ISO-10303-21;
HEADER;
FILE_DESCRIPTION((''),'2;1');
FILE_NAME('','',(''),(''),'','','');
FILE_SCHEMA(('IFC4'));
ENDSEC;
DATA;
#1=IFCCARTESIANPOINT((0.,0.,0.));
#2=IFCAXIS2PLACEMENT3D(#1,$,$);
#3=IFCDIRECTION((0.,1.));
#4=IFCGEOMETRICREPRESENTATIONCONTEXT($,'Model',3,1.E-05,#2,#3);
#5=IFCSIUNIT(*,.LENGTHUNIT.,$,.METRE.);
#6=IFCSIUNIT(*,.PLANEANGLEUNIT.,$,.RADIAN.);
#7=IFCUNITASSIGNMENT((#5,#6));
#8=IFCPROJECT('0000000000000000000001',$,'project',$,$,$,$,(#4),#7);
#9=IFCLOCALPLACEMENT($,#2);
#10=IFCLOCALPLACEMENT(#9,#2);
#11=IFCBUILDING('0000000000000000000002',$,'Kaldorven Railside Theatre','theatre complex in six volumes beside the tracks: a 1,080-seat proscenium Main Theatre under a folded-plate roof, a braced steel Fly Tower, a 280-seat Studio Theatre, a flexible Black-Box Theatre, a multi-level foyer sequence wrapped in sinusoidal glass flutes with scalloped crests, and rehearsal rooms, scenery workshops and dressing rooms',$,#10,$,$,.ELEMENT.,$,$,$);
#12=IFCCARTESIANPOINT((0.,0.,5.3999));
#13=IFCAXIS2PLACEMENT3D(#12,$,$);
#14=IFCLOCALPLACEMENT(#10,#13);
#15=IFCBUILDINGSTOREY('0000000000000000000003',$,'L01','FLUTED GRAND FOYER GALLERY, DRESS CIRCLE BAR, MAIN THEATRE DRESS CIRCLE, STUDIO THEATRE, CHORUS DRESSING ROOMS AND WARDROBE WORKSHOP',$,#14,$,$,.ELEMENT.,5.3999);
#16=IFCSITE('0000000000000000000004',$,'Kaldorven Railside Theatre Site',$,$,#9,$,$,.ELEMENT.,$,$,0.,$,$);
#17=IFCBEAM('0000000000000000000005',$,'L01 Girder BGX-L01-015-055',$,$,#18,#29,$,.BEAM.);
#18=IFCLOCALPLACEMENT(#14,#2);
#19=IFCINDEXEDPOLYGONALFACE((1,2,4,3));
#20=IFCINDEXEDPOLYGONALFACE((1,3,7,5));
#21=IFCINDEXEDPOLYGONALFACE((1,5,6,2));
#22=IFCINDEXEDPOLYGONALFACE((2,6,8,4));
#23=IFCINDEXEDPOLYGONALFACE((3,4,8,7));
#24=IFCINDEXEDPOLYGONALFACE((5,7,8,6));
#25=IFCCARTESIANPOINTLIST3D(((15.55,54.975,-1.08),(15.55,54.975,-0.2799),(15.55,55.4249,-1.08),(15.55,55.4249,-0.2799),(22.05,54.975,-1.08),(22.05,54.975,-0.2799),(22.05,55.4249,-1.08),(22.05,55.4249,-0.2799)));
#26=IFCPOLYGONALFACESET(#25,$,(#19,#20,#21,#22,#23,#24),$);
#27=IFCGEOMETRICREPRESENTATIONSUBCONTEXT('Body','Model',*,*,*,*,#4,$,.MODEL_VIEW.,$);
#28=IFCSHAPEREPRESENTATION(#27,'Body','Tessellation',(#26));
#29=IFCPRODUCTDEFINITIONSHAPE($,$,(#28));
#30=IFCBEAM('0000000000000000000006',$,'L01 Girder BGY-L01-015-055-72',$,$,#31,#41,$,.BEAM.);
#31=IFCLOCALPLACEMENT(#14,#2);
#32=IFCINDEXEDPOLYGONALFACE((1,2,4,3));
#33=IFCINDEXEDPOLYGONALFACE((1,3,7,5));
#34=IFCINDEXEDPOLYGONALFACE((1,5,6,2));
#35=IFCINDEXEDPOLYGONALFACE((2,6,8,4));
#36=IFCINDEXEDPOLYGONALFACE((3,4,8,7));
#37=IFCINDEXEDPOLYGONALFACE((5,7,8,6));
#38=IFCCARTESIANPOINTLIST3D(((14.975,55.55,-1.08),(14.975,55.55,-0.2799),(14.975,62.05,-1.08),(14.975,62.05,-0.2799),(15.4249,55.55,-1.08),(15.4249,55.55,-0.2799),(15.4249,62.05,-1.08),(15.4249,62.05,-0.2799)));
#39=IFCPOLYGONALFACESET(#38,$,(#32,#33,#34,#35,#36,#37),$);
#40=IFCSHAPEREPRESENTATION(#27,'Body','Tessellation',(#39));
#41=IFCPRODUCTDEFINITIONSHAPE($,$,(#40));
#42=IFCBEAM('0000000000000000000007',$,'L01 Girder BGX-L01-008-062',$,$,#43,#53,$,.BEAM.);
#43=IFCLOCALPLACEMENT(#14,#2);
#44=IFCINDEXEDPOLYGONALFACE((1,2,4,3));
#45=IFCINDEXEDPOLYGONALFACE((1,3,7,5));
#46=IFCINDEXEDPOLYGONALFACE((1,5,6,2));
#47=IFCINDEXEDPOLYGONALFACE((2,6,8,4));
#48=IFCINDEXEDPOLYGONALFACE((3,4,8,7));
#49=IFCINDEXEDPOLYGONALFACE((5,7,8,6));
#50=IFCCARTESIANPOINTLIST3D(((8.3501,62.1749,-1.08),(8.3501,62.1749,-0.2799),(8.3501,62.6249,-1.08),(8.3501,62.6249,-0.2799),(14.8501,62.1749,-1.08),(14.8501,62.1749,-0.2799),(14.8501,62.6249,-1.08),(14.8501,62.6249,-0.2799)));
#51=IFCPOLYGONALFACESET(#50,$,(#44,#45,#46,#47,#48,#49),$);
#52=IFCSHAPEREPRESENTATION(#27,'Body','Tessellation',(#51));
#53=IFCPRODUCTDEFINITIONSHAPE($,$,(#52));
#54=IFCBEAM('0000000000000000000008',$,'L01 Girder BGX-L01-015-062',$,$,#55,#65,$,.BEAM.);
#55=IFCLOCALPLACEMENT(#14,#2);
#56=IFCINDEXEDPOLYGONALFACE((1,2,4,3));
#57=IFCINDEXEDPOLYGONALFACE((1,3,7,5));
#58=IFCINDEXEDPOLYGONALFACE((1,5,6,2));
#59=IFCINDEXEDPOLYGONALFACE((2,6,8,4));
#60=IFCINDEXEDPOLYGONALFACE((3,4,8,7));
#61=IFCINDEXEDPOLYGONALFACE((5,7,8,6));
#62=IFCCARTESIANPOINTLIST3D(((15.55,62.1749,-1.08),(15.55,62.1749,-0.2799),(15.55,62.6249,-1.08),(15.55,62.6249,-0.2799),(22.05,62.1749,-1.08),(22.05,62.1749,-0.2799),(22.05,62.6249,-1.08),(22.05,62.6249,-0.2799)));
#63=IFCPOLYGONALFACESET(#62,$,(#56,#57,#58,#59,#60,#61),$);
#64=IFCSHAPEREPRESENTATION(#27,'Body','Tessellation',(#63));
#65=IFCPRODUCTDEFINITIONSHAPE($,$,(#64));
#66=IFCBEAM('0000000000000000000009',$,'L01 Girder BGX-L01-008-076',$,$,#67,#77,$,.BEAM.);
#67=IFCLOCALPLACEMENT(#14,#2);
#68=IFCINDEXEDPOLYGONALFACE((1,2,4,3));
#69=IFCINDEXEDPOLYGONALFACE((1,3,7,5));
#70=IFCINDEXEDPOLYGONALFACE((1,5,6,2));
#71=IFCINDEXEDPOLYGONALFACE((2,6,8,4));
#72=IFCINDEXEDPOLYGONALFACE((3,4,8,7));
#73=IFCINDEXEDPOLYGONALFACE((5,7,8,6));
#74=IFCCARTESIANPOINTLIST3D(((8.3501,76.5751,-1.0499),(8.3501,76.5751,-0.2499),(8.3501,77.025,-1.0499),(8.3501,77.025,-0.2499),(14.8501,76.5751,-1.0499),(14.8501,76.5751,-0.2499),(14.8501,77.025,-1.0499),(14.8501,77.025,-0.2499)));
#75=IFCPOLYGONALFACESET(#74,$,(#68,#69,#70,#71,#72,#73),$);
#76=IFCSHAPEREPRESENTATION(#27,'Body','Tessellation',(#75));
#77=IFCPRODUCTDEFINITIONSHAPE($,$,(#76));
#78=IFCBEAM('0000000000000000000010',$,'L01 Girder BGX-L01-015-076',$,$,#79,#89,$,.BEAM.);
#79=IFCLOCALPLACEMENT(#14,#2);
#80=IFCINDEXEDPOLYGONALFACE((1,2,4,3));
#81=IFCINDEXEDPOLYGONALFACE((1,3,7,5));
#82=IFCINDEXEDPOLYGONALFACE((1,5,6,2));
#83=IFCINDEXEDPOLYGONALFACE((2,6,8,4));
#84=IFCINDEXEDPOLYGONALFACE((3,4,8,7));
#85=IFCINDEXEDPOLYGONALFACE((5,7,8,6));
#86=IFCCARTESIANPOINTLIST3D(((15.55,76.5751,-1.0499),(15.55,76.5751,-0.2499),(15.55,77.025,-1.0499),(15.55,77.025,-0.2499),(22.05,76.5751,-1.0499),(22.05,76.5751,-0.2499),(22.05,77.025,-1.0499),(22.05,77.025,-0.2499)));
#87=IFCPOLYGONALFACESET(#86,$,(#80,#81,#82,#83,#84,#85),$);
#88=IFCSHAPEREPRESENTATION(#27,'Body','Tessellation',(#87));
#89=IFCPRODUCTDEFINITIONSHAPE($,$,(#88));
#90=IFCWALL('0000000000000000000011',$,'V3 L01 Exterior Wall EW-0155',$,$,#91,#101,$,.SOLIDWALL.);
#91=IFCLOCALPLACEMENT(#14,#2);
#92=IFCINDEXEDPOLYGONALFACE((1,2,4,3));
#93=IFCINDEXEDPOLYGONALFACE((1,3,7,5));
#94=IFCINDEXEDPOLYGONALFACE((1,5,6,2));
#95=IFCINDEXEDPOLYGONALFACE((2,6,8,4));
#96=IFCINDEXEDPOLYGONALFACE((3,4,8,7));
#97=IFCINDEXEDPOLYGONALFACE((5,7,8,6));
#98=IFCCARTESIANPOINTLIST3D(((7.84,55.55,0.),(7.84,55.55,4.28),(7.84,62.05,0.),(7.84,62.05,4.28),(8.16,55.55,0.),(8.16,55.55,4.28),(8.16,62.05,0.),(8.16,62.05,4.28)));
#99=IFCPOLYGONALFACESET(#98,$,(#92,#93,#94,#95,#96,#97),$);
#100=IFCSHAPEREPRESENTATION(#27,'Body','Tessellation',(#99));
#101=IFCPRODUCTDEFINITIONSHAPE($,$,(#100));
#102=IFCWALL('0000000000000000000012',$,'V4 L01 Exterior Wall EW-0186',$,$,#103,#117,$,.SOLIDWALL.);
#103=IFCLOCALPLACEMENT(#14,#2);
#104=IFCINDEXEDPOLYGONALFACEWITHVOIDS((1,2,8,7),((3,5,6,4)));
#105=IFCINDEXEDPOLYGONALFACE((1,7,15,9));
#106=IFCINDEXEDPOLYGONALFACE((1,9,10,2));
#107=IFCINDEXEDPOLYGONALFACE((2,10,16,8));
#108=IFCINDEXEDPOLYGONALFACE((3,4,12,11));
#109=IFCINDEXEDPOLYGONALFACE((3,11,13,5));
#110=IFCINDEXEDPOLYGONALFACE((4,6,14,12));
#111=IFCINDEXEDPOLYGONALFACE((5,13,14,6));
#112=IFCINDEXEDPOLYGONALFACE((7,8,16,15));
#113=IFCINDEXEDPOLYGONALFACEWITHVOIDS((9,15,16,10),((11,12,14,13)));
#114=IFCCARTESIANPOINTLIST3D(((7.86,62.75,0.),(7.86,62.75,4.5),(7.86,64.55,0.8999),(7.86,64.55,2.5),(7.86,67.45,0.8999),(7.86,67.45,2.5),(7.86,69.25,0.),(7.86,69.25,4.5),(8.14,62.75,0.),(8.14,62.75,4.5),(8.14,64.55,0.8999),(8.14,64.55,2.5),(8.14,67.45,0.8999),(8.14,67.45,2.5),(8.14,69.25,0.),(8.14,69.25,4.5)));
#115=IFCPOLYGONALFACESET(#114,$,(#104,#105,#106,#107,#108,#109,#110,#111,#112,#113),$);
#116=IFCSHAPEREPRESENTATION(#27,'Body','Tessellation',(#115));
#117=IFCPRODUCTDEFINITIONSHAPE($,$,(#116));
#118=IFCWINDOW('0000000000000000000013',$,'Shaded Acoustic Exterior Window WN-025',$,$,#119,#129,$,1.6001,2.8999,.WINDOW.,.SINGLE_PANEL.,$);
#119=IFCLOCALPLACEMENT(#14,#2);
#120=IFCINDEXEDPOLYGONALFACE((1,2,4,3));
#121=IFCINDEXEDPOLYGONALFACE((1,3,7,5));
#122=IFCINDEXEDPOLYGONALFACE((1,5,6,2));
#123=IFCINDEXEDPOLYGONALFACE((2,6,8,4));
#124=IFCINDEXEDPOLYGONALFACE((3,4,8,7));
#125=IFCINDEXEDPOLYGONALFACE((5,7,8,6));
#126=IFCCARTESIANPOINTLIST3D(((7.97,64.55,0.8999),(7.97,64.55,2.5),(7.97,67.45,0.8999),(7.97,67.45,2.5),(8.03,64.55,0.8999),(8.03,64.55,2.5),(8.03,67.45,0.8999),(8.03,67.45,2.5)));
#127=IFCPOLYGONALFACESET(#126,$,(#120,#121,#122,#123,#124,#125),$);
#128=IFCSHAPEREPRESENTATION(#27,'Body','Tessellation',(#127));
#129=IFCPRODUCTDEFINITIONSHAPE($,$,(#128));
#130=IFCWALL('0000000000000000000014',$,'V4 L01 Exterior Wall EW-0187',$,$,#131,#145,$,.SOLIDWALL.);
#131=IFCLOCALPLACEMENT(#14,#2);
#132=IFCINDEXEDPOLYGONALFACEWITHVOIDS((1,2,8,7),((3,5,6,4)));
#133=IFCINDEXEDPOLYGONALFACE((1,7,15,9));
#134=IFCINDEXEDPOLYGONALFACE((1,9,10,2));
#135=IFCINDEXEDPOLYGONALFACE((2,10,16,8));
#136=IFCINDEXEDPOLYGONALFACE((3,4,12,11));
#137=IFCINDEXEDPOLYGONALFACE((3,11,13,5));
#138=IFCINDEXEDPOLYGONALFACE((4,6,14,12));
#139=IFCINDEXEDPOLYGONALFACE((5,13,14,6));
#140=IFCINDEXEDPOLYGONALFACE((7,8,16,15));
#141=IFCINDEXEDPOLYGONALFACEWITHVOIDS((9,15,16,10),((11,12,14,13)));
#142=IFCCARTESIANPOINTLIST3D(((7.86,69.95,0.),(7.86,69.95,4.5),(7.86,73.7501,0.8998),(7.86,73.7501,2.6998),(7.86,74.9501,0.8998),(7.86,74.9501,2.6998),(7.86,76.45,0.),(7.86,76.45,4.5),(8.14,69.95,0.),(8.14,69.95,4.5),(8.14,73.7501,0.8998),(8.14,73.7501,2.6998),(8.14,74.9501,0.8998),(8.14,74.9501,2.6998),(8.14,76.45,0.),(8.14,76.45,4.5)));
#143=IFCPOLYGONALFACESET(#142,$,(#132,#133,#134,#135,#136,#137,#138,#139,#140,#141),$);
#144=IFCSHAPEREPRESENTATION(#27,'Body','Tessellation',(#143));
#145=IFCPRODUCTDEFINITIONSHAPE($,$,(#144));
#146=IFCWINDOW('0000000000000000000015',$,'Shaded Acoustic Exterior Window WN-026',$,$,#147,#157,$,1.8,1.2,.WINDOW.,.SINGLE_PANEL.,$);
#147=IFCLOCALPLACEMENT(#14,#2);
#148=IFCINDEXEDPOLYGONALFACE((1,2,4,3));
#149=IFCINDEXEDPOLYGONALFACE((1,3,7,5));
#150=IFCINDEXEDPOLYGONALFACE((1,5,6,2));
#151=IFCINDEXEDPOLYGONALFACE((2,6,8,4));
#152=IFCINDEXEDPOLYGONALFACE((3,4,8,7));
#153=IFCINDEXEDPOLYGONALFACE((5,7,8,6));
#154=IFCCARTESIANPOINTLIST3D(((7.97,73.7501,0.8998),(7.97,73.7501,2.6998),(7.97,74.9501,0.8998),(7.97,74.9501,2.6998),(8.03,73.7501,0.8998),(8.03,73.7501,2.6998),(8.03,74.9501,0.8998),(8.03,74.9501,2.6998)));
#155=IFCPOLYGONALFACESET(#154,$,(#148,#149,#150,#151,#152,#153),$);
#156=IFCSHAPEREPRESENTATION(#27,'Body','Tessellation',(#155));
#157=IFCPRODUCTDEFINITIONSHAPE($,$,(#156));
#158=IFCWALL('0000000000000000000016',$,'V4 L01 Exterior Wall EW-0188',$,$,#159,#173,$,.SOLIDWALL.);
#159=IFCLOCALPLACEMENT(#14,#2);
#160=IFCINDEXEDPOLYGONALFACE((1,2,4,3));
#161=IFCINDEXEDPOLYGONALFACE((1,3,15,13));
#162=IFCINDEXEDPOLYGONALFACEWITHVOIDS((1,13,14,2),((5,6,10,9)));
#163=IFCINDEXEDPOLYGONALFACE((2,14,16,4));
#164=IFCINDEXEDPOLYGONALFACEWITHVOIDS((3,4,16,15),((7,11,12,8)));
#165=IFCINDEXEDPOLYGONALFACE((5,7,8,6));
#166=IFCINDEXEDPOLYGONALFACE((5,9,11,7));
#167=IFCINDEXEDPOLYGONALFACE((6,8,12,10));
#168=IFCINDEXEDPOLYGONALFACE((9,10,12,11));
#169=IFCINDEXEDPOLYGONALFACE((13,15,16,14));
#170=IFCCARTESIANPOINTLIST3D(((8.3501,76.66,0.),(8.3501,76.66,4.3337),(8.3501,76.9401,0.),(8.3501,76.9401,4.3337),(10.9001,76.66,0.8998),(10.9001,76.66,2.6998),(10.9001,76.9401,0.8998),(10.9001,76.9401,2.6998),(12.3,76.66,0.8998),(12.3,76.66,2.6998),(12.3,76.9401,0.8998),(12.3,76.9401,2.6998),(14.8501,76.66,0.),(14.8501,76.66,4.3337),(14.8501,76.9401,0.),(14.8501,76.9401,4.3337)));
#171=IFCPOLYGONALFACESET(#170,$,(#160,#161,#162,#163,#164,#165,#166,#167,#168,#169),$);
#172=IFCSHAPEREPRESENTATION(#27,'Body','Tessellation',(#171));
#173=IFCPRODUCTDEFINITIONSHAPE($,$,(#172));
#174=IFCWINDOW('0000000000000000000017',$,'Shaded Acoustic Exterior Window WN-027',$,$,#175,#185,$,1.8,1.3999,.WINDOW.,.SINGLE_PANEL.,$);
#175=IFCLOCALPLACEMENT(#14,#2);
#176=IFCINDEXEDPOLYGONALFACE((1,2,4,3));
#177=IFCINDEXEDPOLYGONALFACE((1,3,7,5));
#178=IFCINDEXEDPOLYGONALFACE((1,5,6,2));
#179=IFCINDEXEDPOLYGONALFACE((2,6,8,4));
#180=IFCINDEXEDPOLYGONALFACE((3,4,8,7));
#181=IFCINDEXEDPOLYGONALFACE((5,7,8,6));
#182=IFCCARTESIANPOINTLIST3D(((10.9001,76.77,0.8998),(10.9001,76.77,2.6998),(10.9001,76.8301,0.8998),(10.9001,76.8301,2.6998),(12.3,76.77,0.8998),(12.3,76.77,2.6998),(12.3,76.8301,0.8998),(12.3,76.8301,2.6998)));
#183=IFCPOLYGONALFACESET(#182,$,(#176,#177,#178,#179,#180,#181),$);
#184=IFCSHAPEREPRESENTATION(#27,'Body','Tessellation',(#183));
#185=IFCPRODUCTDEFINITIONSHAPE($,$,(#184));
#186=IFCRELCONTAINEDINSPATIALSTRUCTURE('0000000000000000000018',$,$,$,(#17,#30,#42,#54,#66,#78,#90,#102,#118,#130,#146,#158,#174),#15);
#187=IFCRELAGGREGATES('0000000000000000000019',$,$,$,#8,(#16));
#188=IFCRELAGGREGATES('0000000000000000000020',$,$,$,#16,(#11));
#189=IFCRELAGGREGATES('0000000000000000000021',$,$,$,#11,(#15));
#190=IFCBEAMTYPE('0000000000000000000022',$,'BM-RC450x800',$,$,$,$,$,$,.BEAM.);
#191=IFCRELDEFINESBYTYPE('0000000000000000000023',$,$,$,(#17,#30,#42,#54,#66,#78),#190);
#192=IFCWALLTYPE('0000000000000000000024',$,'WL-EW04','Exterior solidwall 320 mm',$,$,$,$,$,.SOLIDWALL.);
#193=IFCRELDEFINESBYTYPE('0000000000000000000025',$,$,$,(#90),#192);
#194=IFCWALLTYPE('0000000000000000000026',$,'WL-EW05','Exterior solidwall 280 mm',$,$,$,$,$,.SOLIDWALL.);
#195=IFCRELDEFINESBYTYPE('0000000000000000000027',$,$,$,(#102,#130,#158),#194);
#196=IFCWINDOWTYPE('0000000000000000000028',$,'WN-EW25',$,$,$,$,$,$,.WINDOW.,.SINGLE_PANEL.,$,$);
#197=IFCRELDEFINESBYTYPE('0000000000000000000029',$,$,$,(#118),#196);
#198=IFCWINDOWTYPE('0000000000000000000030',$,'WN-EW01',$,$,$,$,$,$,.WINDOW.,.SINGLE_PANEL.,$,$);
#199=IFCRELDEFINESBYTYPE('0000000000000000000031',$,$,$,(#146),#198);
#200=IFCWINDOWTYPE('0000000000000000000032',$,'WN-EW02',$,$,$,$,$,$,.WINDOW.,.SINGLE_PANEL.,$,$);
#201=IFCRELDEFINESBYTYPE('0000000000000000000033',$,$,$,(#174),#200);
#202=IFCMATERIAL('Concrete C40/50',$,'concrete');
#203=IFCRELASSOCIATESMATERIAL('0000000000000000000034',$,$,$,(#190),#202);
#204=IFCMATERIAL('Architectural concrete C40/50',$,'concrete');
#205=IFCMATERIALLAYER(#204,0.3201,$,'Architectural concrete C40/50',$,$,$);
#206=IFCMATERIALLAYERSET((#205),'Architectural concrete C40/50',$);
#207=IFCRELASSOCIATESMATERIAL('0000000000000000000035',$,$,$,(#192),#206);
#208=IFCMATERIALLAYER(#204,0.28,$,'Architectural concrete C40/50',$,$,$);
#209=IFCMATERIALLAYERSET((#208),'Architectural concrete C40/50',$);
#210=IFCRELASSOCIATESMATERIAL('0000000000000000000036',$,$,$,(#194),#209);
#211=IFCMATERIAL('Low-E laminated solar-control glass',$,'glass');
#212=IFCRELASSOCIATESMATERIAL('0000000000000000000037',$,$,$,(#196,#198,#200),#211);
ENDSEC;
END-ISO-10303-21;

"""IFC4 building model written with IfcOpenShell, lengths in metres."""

from ifc_helpers import new_model, si_unit, direction, frame, frame_2d, origin, origin_2d, place, context, subcontext, project, spatial, rectangle, extrude, material, layer, layer_set, material_profile, profile_set, type_object, element, fill, save


model = new_model("IFC4")

# Units and contexts
model_context = context("Model", 3, precision=1e-05, world=origin(), true_north=direction((0.0, 1.0)))
body_context = subcontext(model_context, "Body", "Model", "MODEL_VIEW")
ifc_project = project(units=[si_unit("LENGTHUNIT", "METRE"), si_unit("PLANEANGLEUNIT", "RADIAN")], contexts=[model_context])

# Site, building, storey
site_placement = place(None, origin())
site = spatial("IfcSite", under=ifc_project, at=site_placement, Name="Kaldorven Railside Theatre Site", CompositionType="ELEMENT", RefElevation=0.0)
building_placement = place(site_placement, origin())
building = spatial("IfcBuilding", under=site, at=building_placement, Name="Kaldorven Railside Theatre", Description="theatre complex in six volumes beside the tracks: a 1,080-seat proscenium Main Theatre under a folded-plate roof, a braced steel Fly Tower, a 280-seat Studio Theatre, a flexible Black-Box Theatre, a multi-level foyer sequence wrapped in sinusoidal glass flutes with scalloped crests, and rehearsal rooms, scenery workshops and dressing rooms", CompositionType="ELEMENT")
storey_placement = place(building_placement, frame((0.0, 0.0, 5.3999)))
storey = spatial("IfcBuildingStorey", under=building, at=storey_placement, Name="L01", Description="FLUTED GRAND FOYER GALLERY, DRESS CIRCLE BAR, MAIN THEATRE DRESS CIRCLE, STUDIO THEATRE, CHORUS DRESSING ROOMS AND WARDROBE WORKSHOP", CompositionType="ELEMENT", Elevation=5.3999)

# Shared definitions
ifc_material_1 = material(Name="Concrete C40/50", Category="concrete")

# Beams
ifc_material_profile_1 = material_profile(ifc_material_1, rectangle(XDim=0.45, YDim=0.8, at=origin_2d()), Name="RC 450x800")
ifc_profile_set_1 = profile_set([ifc_material_profile_1], Name="Concrete C40/50")
beam_type_1 = type_object("IfcBeamType", Name="BM-RC450x800", PredefinedType="BEAM", material=ifc_profile_set_1)
for number, where, z_axis, x_axis, name in (
    (1, (15.55, 55.2, -0.6799), (1.0, 0.0, 0.0), (0.0, 1.0, 0.0), "L01 Girder BGX-L01-015-055"),
    (2, (15.2, 55.55, -0.6799), (0.0, 1.0, 0.0), (-1.0, 0.0, 0.0), "L01 Girder BGY-L01-015-055-72"),
    (3, (8.3501, 62.3999, -0.6799), (1.0, 0.0, 0.0), (0.0, 1.0, 0.0), "L01 Girder BGX-L01-008-062"),
    (4, (15.55, 62.3999, -0.6799), (1.0, 0.0, 0.0), (0.0, 1.0, 0.0), "L01 Girder BGX-L01-015-062"),
    (5, (8.3501, 76.8, -0.6499), (1.0, 0.0, 0.0), (0.0, 1.0, 0.0), "L01 Girder BGX-L01-008-076"),
    (6, (15.55, 76.8, -0.6499), (1.0, 0.0, 0.0), (0.0, 1.0, 0.0), "L01 Girder BGX-L01-015-076"),
):
    element("IfcBeam", number, at=place(storey_placement, frame(where, z_axis=z_axis, x_axis=x_axis)), inside=storey, type_object=beam_type_1, Name=name, PredefinedType="BEAM", context=body_context, shape_type="SweptSolid", body=[
        extrude(rectangle(XDim=0.45, YDim=0.8, at=origin_2d()), origin(), (0.0, 0.0, 1.0), 6.5),
    ])

# Wall
ifc_material_2 = material(Name="Architectural concrete C40/50", Category="concrete")
ifc_layer_1 = layer(ifc_material_2, 0.3201, Name="Architectural concrete C40/50")
ifc_layer_set_1 = layer_set([ifc_layer_1], Name="Architectural concrete C40/50")
wall_type_1 = type_object("IfcWallType", Name="WL-EW04", Description="Exterior solidwall 320 mm", PredefinedType="SOLIDWALL", material=ifc_layer_set_1)
wall_1_placement = place(storey_placement, frame((8.0, 55.55, 0.0), z_axis=(0.0, 0.0, 1.0), x_axis=(0.0, 1.0, 0.0)))
element("IfcWall", 7, at=wall_1_placement, inside=storey, type_object=wall_type_1, Name="V3 L01 Exterior Wall EW-0155", PredefinedType="SOLIDWALL", context=body_context, shape_type="SweptSolid", body=[
    extrude(rectangle(XDim=6.5, YDim=0.3201, at=frame_2d((3.25, 0.0))), origin(), (0.0, 0.0, 1.0), 4.28),
])

# Walls, openings, windows
ifc_layer_2 = layer(ifc_material_2, 0.28, Name="Architectural concrete C40/50")
ifc_layer_set_2 = layer_set([ifc_layer_2], Name="Architectural concrete C40/50")
wall_type_2 = type_object("IfcWallType", Name="WL-EW05", Description="Exterior solidwall 280 mm", PredefinedType="SOLIDWALL", material=ifc_layer_set_2)
wall_2_placement = place(storey_placement, frame((8.0, 62.75, 0.0), z_axis=(0.0, 0.0, 1.0), x_axis=(0.0, 1.0, 0.0)))
wall_2 = element("IfcWall", 8, at=wall_2_placement, inside=storey, type_object=wall_type_2, Name="V4 L01 Exterior Wall EW-0186", PredefinedType="SOLIDWALL", context=body_context, shape_type="SweptSolid", body=[
    extrude(rectangle(XDim=6.5, YDim=0.28, at=frame_2d((3.25, 0.0))), origin(), (0.0, 0.0, 1.0), 4.5),
])
opening_1_placement = place(wall_2_placement, frame((1.8, 0.0, 0.8999)))
opening_1 = element("IfcOpeningElement", 9, at=opening_1_placement, cuts=wall_2, PredefinedType="OPENING", context=body_context, shape_type="SweptSolid", body=[
    extrude(rectangle(XDim=2.8999, YDim=1.6001, at=frame_2d((1.45, 0.8))), frame((0.0, 0.1499, 0.0), z_axis=(0.0, -1.0, 0.0), x_axis=(1.0, 0.0, 0.0)), (0.0, 0.0, 1.0), 0.3),
])
ifc_material_3 = material(Name="Low-E laminated solar-control glass", Category="glass")
window_type_1 = type_object("IfcWindowType", Name="WN-EW25", PartitioningType="SINGLE_PANEL", PredefinedType="WINDOW", material=ifc_material_3)
window_1_placement = place(opening_1_placement, origin())
window_1 = element("IfcWindow", 10, at=window_1_placement, inside=storey, type_object=window_type_1, Name="Shaded Acoustic Exterior Window WN-025", OverallHeight=1.6001, OverallWidth=2.8999, PartitioningType="SINGLE_PANEL", PredefinedType="WINDOW", context=body_context, shape_type="SweptSolid", body=[
    extrude(rectangle(XDim=2.8999, YDim=1.6001, at=frame_2d((1.45, 0.8))), frame((0.0, 0.03, 0.0), z_axis=(0.0, -1.0, 0.0), x_axis=(1.0, 0.0, 0.0)), (0.0, 0.0, 1.0), 0.0601),
])
fill(opening_1, window_1)
wall_3_placement = place(storey_placement, frame((8.0, 69.95, 0.0), z_axis=(0.0, 0.0, 1.0), x_axis=(0.0, 1.0, 0.0)))
wall_3 = element("IfcWall", 11, at=wall_3_placement, inside=storey, type_object=wall_type_2, Name="V4 L01 Exterior Wall EW-0187", PredefinedType="SOLIDWALL", context=body_context, shape_type="SweptSolid", body=[
    extrude(rectangle(XDim=6.5, YDim=0.28, at=frame_2d((3.25, 0.0))), origin(), (0.0, 0.0, 1.0), 4.5),
])
opening_2_placement = place(wall_3_placement, frame((3.8, 0.0, 0.8999)))
opening_2 = element("IfcOpeningElement", 12, at=opening_2_placement, cuts=wall_3, PredefinedType="OPENING", context=body_context, shape_type="SweptSolid", body=[
    extrude(rectangle(XDim=1.2, YDim=1.8, at=frame_2d((0.6001, 0.8999))), frame((0.0, 0.1499, 0.0), z_axis=(0.0, -1.0, 0.0), x_axis=(1.0, 0.0, 0.0)), (0.0, 0.0, 1.0), 0.3),
])
window_type_2 = type_object("IfcWindowType", Name="WN-EW01", PartitioningType="SINGLE_PANEL", PredefinedType="WINDOW", material=ifc_material_3)
window_2_placement = place(opening_2_placement, origin())
window_2 = element("IfcWindow", 13, at=window_2_placement, inside=storey, type_object=window_type_2, Name="Shaded Acoustic Exterior Window WN-026", OverallHeight=1.8, OverallWidth=1.2, PartitioningType="SINGLE_PANEL", PredefinedType="WINDOW", context=body_context, shape_type="SweptSolid", body=[
    extrude(rectangle(XDim=1.2, YDim=1.8, at=frame_2d((0.6001, 0.8999))), frame((0.0, 0.03, 0.0), z_axis=(0.0, -1.0, 0.0), x_axis=(1.0, 0.0, 0.0)), (0.0, 0.0, 1.0), 0.0601),
])
fill(opening_2, window_2)
wall_4_placement = place(storey_placement, frame((8.3501, 76.8, 0.0), z_axis=(0.0, 0.0, 1.0), x_axis=(1.0, 0.0, 0.0)))
wall_4 = element("IfcWall", 14, at=wall_4_placement, inside=storey, type_object=wall_type_2, Name="V4 L01 Exterior Wall EW-0188", PredefinedType="SOLIDWALL", context=body_context, shape_type="SweptSolid", body=[
    extrude(rectangle(XDim=6.5, YDim=0.28, at=frame_2d((3.25, 0.0))), origin(), (0.0, 0.0, 1.0), 4.3337),
])
opening_3_placement = place(wall_4_placement, frame((2.55, 0.0, 0.8999)))
opening_3 = element("IfcOpeningElement", 15, at=opening_3_placement, cuts=wall_4, PredefinedType="OPENING", context=body_context, shape_type="SweptSolid", body=[
    extrude(rectangle(XDim=1.3999, YDim=1.8, at=frame_2d((0.7, 0.8999))), frame((0.0, 0.1499, 0.0), z_axis=(0.0, -1.0, 0.0), x_axis=(1.0, 0.0, 0.0)), (0.0, 0.0, 1.0), 0.3),
])
window_type_3 = type_object("IfcWindowType", Name="WN-EW02", PartitioningType="SINGLE_PANEL", PredefinedType="WINDOW", material=ifc_material_3)
window_3_placement = place(opening_3_placement, origin())
window_3 = element("IfcWindow", 16, at=window_3_placement, inside=storey, type_object=window_type_3, Name="Shaded Acoustic Exterior Window WN-027", OverallHeight=1.8, OverallWidth=1.3999, PartitioningType="SINGLE_PANEL", PredefinedType="WINDOW", context=body_context, shape_type="SweptSolid", body=[
    extrude(rectangle(XDim=1.3999, YDim=1.8, at=frame_2d((0.7, 0.8999))), frame((0.0, 0.03, 0.0), z_axis=(0.0, -1.0, 0.0), x_axis=(1.0, 0.0, 0.0)), (0.0, 0.0, 1.0), 0.0601),
])
fill(opening_3, window_3)

save(model, "model.ifc")
